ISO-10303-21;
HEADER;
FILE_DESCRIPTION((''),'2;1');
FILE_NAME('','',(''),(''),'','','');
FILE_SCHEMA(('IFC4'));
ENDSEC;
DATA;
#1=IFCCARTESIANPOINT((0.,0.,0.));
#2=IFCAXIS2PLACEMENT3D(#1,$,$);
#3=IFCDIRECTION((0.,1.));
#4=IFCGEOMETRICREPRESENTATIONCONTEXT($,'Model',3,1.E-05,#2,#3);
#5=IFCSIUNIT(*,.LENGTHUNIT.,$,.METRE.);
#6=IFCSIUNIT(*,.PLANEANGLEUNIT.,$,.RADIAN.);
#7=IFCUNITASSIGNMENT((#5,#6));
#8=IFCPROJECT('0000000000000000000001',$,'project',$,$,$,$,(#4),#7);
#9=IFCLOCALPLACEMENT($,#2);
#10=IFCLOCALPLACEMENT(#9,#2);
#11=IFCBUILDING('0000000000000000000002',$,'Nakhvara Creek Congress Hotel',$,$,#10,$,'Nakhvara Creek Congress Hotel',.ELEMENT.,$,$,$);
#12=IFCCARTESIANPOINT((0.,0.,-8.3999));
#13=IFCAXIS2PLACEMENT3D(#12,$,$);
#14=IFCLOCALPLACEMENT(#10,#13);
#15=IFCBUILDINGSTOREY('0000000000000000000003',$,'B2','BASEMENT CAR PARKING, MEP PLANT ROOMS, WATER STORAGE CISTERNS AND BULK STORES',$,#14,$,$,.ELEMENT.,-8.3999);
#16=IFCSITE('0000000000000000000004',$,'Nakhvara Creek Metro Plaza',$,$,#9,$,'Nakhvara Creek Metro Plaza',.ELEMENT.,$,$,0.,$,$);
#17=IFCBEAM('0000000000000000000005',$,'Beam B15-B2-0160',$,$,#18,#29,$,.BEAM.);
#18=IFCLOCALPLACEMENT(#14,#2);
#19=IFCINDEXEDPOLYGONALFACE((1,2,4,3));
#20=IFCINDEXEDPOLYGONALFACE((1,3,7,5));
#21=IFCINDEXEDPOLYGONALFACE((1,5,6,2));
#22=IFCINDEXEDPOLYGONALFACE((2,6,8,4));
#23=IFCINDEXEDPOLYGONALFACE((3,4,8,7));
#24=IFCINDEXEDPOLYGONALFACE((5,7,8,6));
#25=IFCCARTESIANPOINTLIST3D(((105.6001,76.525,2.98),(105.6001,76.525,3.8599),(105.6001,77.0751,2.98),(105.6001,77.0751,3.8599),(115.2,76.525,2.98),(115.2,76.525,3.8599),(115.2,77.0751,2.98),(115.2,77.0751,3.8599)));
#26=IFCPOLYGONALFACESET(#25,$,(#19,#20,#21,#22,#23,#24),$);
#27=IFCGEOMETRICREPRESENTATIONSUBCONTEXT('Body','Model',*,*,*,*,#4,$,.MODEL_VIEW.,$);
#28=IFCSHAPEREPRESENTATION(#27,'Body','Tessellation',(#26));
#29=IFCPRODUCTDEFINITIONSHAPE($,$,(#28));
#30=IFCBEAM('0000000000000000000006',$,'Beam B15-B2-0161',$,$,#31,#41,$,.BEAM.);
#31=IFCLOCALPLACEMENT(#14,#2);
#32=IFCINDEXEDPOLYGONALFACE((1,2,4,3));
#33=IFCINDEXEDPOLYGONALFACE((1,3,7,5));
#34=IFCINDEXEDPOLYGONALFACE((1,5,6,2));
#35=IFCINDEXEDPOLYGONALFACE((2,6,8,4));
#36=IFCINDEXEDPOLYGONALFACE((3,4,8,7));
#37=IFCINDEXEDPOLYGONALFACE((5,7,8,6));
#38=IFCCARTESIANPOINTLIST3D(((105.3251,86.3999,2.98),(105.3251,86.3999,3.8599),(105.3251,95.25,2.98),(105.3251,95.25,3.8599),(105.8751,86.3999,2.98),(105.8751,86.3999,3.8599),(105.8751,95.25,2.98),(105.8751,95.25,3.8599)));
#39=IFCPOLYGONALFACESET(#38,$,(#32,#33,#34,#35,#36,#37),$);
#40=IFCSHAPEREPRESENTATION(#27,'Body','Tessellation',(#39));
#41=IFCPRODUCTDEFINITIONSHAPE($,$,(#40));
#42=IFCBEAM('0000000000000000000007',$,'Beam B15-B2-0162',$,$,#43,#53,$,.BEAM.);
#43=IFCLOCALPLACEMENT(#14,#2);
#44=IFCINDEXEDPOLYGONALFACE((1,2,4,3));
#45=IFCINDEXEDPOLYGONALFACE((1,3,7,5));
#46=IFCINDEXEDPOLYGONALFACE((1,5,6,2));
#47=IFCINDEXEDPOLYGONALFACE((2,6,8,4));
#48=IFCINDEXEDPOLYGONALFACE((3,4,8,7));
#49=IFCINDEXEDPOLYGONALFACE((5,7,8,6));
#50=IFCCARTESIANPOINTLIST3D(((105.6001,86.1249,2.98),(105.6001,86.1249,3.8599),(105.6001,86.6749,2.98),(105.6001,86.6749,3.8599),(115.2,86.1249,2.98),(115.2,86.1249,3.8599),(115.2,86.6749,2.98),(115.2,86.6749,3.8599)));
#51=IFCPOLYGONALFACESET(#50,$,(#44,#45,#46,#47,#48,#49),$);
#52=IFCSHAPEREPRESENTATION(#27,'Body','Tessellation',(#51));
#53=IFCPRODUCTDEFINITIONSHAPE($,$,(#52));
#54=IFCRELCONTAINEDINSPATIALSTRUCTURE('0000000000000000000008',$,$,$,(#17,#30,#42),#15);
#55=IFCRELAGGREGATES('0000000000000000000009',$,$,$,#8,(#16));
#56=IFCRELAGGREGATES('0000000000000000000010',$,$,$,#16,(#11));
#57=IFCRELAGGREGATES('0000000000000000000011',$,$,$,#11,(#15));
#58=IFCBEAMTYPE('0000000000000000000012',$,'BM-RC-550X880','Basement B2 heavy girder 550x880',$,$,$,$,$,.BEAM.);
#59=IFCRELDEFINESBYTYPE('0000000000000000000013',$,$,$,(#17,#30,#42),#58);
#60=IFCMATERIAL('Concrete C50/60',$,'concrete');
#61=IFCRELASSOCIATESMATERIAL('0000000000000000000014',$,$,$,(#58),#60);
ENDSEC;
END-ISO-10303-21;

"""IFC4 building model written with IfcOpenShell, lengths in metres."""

from ifc_helpers import new_model, si_unit, direction, frame, origin, origin_2d, place, context, subcontext, project, spatial, rectangle, extrude, material, material_profile, profile_set, type_object, element, save


model = new_model("IFC4")

# Units and contexts
model_context = context("Model", 3, precision=1e-05, world=origin(), true_north=direction((0.0, 1.0)))
body_context = subcontext(model_context, "Body", "Model", "MODEL_VIEW")
ifc_project = project(units=[si_unit("LENGTHUNIT", "METRE"), si_unit("PLANEANGLEUNIT", "RADIAN")], contexts=[model_context])

# Site, building, storey
site_placement = place(None, origin())
site = spatial("IfcSite", under=ifc_project, at=site_placement, Name="Nakhvara Creek Metro Plaza", LongName="Nakhvara Creek Metro Plaza", CompositionType="ELEMENT", RefElevation=0.0)
building_placement = place(site_placement, origin())
building = spatial("IfcBuilding", under=site, at=building_placement, Name="Nakhvara Creek Congress Hotel", LongName="Nakhvara Creek Congress Hotel", CompositionType="ELEMENT")
storey_placement = place(building_placement, frame((0.0, 0.0, -8.3999)))
storey = spatial("IfcBuildingStorey", under=building, at=storey_placement, Name="B2", Description="BASEMENT CAR PARKING, MEP PLANT ROOMS, WATER STORAGE CISTERNS AND BULK STORES", CompositionType="ELEMENT", Elevation=-8.3999)

# Shared definitions
ifc_material_1 = material(Name="Concrete C50/60", Category="concrete")

# Beams
ifc_material_profile_1 = material_profile(ifc_material_1, rectangle(XDim=0.55, YDim=0.8799, at=origin_2d()), Name="RC-BM 550x880", Category="LoadBearing")
ifc_profile_set_1 = profile_set([ifc_material_profile_1], Name="Concrete C50/60")
beam_type_1 = type_object("IfcBeamType", Name="BM-RC-550X880", Description="Basement B2 heavy girder 550x880", PredefinedType="BEAM", material=ifc_profile_set_1)
for number, where, z_axis, x_axis, name in (
    (1, (105.6001, 76.8, 3.4199), (1.0, 0.0, 0.0), (0.0, 1.0, 0.0), "Beam B15-B2-0160"),
):
    element("IfcBeam", number, at=place(storey_placement, frame(where, z_axis=z_axis, x_axis=x_axis)), inside=storey, type_object=beam_type_1, Name=name, PredefinedType="BEAM", context=body_context, shape_type="SweptSolid", body=[
        extrude(rectangle(XDim=0.55, YDim=0.8799, at=origin_2d()), origin(), (0.0, 0.0, 1.0), 9.5999),
    ])
beam_1_placement = place(storey_placement, frame((105.6001, 86.3999, 3.4199), z_axis=(0.0, 1.0, 0.0), x_axis=(-1.0, 0.0, 0.0)))
element("IfcBeam", 2, at=beam_1_placement, inside=storey, type_object=beam_type_1, Name="Beam B15-B2-0161", PredefinedType="BEAM", context=body_context, shape_type="SweptSolid", body=[
    extrude(rectangle(XDim=0.55, YDim=0.8799, at=origin_2d()), origin(), (0.0, 0.0, 1.0), 8.8501),
])
beam_2_placement = place(storey_placement, frame((105.6001, 86.3999, 3.4199), z_axis=(1.0, 0.0, 0.0), x_axis=(0.0, 1.0, 0.0)))
element("IfcBeam", 3, at=beam_2_placement, inside=storey, type_object=beam_type_1, Name="Beam B15-B2-0162", PredefinedType="BEAM", context=body_context, shape_type="SweptSolid", body=[
    extrude(rectangle(XDim=0.55, YDim=0.8799, at=origin_2d()), origin(), (0.0, 0.0, 1.0), 9.5999),
])

save(model, "model.ifc")
